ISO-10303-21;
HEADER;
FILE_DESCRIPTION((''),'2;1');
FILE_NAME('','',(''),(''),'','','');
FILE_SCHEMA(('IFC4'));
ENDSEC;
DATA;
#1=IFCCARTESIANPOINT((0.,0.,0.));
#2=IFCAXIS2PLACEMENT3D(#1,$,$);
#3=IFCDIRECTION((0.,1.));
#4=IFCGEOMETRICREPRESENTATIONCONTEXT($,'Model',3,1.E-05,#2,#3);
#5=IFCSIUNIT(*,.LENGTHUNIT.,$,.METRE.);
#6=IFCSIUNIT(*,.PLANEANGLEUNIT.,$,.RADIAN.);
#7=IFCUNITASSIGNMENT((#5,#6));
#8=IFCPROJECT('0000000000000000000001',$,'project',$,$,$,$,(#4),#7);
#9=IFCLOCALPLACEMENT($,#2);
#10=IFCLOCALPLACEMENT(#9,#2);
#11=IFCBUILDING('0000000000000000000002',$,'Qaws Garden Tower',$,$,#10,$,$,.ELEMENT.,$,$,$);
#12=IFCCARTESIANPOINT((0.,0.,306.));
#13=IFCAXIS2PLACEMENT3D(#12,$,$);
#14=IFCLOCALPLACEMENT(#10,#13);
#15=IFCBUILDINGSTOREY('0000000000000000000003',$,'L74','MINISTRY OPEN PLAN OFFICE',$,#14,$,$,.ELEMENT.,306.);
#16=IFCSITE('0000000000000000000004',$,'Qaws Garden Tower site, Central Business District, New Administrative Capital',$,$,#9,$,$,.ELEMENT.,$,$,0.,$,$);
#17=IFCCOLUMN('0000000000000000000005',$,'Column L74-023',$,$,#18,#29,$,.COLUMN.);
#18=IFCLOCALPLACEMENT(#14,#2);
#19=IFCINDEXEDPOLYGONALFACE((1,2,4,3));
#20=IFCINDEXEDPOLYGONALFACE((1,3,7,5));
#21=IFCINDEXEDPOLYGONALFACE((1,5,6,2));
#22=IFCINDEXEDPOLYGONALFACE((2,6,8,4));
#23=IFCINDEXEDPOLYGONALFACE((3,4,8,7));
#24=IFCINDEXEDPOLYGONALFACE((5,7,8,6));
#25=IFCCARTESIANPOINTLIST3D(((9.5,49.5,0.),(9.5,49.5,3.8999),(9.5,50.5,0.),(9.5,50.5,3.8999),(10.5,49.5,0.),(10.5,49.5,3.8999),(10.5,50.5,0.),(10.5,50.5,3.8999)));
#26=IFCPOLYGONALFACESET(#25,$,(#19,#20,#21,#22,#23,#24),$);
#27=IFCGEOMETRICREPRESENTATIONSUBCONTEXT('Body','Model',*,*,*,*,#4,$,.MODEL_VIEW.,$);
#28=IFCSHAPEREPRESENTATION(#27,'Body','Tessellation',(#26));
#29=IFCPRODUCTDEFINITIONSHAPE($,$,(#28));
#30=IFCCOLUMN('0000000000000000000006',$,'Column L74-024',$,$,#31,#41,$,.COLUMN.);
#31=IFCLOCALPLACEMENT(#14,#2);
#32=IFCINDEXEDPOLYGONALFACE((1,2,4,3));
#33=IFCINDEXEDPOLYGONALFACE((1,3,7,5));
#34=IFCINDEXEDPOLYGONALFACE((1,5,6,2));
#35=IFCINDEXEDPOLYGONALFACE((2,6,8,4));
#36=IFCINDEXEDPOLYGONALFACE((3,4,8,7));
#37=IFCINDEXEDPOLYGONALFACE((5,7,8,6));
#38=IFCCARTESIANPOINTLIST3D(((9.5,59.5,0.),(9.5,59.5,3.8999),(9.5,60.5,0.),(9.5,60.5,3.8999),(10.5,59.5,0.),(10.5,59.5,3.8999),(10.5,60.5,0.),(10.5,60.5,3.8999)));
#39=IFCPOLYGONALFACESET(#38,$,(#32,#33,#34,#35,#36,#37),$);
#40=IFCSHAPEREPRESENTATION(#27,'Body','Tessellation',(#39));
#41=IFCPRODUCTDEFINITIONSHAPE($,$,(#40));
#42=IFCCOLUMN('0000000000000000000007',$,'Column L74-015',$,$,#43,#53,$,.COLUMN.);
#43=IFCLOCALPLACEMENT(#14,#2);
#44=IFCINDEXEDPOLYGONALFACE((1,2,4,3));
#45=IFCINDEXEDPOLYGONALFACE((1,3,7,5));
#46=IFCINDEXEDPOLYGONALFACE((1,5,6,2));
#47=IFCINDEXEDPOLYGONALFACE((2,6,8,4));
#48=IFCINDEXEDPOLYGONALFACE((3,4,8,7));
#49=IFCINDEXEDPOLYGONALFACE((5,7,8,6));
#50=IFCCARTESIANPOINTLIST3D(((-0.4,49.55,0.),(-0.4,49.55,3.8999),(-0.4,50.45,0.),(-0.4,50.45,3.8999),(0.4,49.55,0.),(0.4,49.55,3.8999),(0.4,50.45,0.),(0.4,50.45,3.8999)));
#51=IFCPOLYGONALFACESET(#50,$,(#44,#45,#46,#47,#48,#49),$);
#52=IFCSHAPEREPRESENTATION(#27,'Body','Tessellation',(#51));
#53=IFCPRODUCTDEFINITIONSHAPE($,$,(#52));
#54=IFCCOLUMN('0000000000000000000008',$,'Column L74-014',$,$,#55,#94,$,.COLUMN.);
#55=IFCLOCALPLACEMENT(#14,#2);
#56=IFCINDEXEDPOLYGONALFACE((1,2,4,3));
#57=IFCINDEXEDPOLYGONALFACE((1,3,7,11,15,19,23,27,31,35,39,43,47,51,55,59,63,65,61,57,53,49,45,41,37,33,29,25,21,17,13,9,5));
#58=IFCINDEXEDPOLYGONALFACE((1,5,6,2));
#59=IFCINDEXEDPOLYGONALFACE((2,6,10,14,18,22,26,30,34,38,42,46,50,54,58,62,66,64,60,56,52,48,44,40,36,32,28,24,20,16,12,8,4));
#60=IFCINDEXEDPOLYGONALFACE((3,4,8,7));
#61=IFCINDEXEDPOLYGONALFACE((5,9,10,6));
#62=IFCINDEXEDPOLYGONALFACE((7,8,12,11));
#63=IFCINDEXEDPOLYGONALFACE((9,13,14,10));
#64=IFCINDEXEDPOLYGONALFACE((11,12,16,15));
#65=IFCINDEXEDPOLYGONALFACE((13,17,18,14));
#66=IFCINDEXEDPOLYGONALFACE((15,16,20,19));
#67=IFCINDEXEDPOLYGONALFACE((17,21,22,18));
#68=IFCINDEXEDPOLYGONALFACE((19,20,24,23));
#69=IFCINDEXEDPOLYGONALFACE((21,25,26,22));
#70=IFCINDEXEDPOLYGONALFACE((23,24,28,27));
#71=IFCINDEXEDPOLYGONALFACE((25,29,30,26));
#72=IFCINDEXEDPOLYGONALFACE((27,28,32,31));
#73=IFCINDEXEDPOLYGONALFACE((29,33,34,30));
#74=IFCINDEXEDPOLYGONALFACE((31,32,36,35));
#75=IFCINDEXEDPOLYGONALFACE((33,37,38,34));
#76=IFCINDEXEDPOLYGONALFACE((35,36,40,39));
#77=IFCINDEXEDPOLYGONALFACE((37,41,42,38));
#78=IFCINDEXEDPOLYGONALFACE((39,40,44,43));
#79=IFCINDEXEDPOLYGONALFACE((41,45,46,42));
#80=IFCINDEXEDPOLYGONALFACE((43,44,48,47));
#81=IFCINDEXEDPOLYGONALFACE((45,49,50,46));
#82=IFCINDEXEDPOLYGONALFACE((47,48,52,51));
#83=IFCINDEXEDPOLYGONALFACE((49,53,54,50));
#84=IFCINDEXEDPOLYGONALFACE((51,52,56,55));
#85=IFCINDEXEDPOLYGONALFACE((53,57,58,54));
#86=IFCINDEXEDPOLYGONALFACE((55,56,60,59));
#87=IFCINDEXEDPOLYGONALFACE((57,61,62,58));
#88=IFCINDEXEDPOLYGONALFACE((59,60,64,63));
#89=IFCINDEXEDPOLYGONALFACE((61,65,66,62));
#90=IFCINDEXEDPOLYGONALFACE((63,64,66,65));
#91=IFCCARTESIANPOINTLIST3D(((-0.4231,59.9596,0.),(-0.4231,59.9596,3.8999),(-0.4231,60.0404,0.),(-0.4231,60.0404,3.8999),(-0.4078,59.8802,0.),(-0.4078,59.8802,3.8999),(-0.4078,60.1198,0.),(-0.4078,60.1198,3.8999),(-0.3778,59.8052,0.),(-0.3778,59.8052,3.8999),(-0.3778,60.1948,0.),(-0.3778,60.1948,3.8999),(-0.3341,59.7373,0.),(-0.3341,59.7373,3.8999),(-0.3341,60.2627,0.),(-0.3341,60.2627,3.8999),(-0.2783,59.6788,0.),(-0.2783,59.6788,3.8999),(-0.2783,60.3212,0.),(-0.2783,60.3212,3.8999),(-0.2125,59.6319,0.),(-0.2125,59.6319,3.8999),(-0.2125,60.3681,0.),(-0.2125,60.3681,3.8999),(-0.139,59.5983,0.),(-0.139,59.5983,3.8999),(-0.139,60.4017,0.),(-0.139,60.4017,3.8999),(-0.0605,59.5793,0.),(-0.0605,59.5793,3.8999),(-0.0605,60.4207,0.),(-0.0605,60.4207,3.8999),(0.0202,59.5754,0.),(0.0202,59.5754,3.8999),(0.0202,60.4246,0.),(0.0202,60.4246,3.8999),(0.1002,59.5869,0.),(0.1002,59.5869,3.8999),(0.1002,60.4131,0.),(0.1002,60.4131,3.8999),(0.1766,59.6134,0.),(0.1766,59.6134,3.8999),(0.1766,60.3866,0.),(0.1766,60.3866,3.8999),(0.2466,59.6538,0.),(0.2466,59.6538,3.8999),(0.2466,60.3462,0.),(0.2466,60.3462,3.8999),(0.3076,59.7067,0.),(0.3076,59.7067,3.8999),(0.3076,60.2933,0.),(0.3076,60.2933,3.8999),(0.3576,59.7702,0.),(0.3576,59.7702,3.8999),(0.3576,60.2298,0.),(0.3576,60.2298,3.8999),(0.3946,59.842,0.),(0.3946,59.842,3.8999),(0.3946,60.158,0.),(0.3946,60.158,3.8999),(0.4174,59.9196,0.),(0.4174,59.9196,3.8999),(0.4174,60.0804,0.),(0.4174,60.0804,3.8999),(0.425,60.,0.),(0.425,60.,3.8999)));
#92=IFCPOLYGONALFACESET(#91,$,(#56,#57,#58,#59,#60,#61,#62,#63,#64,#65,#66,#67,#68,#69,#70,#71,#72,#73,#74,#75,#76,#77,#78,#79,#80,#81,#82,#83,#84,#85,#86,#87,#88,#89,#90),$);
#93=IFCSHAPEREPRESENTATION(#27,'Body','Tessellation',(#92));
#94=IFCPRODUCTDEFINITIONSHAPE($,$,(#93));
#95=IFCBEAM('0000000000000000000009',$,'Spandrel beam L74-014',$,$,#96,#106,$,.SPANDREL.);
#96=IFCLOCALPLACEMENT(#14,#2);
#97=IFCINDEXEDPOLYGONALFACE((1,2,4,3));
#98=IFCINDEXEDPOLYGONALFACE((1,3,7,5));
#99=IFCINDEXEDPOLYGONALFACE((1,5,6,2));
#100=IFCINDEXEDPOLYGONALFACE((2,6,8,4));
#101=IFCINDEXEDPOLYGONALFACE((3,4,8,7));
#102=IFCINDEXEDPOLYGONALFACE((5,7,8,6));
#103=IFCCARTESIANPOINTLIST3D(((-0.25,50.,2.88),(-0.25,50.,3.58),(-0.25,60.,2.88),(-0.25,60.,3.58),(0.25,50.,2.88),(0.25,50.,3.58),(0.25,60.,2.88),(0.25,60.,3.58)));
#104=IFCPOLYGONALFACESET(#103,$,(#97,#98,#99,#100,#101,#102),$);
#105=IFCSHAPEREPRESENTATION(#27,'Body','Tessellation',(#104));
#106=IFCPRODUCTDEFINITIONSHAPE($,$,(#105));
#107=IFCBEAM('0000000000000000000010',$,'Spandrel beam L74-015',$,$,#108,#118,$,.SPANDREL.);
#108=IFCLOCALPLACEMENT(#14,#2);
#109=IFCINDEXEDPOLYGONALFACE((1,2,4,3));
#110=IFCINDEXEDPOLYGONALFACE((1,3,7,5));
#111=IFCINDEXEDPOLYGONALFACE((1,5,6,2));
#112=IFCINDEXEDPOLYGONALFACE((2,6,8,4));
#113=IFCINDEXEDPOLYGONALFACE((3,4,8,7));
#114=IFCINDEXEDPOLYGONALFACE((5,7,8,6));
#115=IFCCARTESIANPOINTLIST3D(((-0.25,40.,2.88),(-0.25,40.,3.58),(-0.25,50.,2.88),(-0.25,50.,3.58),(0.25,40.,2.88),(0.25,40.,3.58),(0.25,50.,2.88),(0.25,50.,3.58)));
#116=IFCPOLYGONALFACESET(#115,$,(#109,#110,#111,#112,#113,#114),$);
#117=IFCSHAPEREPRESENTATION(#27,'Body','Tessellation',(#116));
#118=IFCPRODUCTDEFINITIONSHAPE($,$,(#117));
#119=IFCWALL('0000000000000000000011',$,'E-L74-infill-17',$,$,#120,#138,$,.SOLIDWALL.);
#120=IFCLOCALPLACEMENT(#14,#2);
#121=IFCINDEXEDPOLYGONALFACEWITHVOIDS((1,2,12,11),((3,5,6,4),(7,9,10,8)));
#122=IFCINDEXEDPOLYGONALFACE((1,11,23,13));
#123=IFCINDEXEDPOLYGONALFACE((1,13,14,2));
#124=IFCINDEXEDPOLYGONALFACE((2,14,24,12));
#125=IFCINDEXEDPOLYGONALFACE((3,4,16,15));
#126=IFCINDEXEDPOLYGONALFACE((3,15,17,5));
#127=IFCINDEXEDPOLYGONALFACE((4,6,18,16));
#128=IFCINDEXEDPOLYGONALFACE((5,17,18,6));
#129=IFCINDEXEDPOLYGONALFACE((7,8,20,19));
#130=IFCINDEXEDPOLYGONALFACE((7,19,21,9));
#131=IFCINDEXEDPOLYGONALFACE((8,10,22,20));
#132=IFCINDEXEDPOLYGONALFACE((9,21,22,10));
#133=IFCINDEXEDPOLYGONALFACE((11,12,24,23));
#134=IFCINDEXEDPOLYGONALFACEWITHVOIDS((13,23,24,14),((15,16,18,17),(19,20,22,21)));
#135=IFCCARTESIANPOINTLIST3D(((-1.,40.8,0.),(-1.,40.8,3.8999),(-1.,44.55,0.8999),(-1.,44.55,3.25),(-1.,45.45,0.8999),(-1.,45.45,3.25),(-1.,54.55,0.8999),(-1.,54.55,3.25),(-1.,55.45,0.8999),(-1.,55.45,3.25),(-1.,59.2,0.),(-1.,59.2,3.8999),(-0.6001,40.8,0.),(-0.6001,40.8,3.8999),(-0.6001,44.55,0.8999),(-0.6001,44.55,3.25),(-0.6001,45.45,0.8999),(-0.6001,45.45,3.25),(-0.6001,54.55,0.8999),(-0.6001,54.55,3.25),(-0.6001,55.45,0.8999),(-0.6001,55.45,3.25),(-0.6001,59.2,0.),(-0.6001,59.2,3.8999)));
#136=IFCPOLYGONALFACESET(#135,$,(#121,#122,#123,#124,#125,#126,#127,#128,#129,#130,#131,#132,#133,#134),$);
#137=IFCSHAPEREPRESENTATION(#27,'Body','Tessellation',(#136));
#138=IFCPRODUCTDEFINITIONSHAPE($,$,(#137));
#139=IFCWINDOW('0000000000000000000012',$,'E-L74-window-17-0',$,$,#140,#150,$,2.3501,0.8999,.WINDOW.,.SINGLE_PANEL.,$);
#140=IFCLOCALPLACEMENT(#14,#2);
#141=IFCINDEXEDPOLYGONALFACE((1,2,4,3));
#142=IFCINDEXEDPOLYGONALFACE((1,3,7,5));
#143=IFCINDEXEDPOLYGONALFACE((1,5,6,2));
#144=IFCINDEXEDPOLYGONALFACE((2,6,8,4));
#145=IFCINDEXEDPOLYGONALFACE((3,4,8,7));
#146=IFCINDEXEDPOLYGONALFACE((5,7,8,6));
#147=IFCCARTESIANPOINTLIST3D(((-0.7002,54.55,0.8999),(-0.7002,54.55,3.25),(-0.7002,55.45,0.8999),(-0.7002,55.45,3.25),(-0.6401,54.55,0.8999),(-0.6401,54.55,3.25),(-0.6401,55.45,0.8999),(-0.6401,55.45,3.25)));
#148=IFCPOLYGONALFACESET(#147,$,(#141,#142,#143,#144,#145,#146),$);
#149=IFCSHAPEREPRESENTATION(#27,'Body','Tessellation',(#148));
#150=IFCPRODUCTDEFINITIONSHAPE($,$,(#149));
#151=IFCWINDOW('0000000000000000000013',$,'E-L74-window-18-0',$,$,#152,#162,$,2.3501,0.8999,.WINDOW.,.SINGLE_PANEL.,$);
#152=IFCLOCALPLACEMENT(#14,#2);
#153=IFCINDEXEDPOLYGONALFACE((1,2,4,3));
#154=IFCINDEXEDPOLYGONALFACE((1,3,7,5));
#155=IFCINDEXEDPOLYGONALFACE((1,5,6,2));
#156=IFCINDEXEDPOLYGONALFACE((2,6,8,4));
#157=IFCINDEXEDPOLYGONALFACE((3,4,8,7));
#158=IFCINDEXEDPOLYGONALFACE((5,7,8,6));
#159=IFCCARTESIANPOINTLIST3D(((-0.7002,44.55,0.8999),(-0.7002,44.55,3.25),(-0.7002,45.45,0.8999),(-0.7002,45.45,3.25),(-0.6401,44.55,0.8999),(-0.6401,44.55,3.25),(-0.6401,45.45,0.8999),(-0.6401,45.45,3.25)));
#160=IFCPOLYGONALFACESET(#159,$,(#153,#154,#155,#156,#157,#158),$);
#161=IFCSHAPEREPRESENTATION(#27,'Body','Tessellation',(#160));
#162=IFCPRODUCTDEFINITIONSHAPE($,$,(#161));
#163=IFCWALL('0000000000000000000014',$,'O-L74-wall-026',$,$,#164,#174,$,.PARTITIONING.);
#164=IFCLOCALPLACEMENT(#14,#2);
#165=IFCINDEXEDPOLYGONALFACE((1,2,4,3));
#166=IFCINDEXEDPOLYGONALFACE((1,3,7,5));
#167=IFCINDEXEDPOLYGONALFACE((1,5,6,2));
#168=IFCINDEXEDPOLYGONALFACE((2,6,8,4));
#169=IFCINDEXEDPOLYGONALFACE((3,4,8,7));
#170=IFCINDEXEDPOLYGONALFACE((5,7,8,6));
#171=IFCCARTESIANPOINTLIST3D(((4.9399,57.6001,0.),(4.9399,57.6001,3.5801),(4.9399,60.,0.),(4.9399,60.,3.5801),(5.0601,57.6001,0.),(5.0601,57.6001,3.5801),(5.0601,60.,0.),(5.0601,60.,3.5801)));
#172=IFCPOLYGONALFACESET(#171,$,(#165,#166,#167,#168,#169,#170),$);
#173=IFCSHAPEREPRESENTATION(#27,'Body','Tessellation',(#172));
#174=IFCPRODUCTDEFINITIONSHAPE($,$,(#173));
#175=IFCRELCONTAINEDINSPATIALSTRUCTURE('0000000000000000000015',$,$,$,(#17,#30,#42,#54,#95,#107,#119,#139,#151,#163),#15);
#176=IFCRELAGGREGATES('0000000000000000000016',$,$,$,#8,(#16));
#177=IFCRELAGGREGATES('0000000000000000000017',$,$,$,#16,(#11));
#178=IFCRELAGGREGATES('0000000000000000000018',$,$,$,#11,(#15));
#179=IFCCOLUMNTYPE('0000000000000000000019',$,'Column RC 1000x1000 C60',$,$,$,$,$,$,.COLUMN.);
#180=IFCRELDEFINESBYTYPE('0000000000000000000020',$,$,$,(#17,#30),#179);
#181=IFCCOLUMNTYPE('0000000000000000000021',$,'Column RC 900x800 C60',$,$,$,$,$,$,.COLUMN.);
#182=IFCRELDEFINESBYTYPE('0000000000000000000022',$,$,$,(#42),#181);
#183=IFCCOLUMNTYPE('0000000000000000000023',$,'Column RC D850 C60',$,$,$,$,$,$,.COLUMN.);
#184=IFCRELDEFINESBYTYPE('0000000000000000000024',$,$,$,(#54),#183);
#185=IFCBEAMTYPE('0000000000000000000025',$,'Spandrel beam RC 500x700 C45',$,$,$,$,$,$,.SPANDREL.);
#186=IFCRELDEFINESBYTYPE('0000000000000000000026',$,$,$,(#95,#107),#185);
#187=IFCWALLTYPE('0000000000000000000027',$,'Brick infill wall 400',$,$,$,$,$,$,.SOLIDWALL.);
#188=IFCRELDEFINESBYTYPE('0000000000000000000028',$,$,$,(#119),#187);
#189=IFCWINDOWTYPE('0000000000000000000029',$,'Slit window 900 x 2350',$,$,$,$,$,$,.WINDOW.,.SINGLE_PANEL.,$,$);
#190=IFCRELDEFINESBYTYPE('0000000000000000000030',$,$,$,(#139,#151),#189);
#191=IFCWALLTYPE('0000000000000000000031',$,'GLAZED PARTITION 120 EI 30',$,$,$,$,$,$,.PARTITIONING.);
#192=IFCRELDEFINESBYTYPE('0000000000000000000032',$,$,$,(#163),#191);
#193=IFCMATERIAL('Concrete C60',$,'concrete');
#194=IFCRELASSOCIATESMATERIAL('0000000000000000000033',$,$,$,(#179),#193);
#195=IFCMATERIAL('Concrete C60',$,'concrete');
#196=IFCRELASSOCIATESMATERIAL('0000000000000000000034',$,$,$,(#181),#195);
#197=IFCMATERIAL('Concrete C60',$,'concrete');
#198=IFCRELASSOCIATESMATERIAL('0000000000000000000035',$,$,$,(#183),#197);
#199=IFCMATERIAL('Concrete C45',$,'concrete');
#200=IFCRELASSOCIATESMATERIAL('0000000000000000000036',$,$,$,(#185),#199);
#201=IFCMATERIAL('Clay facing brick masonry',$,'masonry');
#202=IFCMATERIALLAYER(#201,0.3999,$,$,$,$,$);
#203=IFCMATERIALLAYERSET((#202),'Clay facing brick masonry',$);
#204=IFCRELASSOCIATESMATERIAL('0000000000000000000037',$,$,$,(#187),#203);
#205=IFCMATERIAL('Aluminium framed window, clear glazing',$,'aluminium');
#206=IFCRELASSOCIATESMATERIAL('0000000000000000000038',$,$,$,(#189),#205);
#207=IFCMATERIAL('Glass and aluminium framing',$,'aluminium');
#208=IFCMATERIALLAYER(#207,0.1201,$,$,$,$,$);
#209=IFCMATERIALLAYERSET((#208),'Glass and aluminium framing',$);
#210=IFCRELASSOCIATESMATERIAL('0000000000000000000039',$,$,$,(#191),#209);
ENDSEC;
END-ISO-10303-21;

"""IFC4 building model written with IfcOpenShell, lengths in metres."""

from ifc_helpers import new_model, si_unit, direction, frame, frame_2d, origin, origin_2d, place, context, subcontext, project, spatial, rectangle, circle, extrude, material, layer, layer_set, material_profile, profile_set, type_object, element, fill, save


model = new_model("IFC4")

# Units and contexts
model_context = context("Model", 3, precision=1e-05, world=origin(), true_north=direction((0.0, 1.0)))
body_context = subcontext(model_context, "Body", "Model", "MODEL_VIEW")
ifc_project = project(units=[si_unit("LENGTHUNIT", "METRE"), si_unit("PLANEANGLEUNIT", "RADIAN")], contexts=[model_context])

# Site, building, storey
site_placement = place(None, origin())
site = spatial("IfcSite", under=ifc_project, at=site_placement, Name="Qaws Garden Tower site, Central Business District, New Administrative Capital", CompositionType="ELEMENT", RefElevation=0.0)
building_placement = place(site_placement, origin())
building = spatial("IfcBuilding", under=site, at=building_placement, Name="Qaws Garden Tower", CompositionType="ELEMENT")
storey_placement = place(building_placement, frame((0.0, 0.0, 306.0)))
storey = spatial("IfcBuildingStorey", under=building, at=storey_placement, Name="L74", Description="MINISTRY OPEN PLAN OFFICE", CompositionType="ELEMENT", Elevation=306.0)

# Columns
ifc_material_1 = material(Name="Concrete C60", Category="concrete")
ifc_material_profile_1 = material_profile(ifc_material_1, rectangle(XDim=1.0, YDim=1.0, at=origin_2d()), Name="RC 1000x1000")
ifc_profile_set_1 = profile_set([ifc_material_profile_1], Name="Concrete C60")
column_type_1 = type_object("IfcColumnType", Name="Column RC 1000x1000 C60", PredefinedType="COLUMN", material=ifc_profile_set_1)
for number, where, z_axis, x_axis, name in (
    (1, (10.0, 50.0, 0.0), (0.0, 0.0, 1.0), (1.0, 0.0, 0.0), "Column L74-023"),
    (2, (10.0, 60.0, 0.0), (0.0, 0.0, 1.0), (1.0, 0.0, 0.0), "Column L74-024"),
):
    element("IfcColumn", number, at=place(storey_placement, frame(where, z_axis=z_axis, x_axis=x_axis)), inside=storey, type_object=column_type_1, Name=name, PredefinedType="COLUMN", context=body_context, shape_type="SweptSolid", body=[
        extrude(rectangle(XDim=1.0, YDim=1.0, at=origin_2d()), origin(), (0.0, 0.0, 1.0), 3.8999),
    ])
ifc_material_2 = material(Name="Concrete C60", Category="concrete")
ifc_material_profile_2 = material_profile(ifc_material_2, rectangle(XDim=0.8999, YDim=0.8, at=origin_2d()), Name="RC 900x800")
ifc_profile_set_2 = profile_set([ifc_material_profile_2], Name="Concrete C60")
column_type_2 = type_object("IfcColumnType", Name="Column RC 900x800 C60", PredefinedType="COLUMN", material=ifc_profile_set_2)
column_1_placement = place(storey_placement, frame((0.0, 50.0, 0.0), z_axis=(0.0, 0.0, 1.0), x_axis=(0.0, 1.0, 0.0)))
element("IfcColumn", 3, at=column_1_placement, inside=storey, type_object=column_type_2, Name="Column L74-015", PredefinedType="COLUMN", context=body_context, shape_type="SweptSolid", body=[
    extrude(rectangle(XDim=0.8999, YDim=0.8, at=origin_2d()), origin(), (0.0, 0.0, 1.0), 3.8999),
])
ifc_material_3 = material(Name="Concrete C60", Category="concrete")
ifc_material_profile_3 = material_profile(ifc_material_3, circle(Radius=0.425, at=origin_2d()), Name="RC D850")
ifc_profile_set_3 = profile_set([ifc_material_profile_3], Name="Concrete C60")
column_type_3 = type_object("IfcColumnType", Name="Column RC D850 C60", PredefinedType="COLUMN", material=ifc_profile_set_3)
column_2_placement = place(storey_placement, frame((0.0, 60.0, 0.0), z_axis=(0.0, 0.0, 1.0), x_axis=(1.0, 0.0, 0.0)))
element("IfcColumn", 4, at=column_2_placement, inside=storey, type_object=column_type_3, Name="Column L74-014", PredefinedType="COLUMN", context=body_context, shape_type="SweptSolid", body=[
    extrude(circle(Radius=0.425, at=origin_2d()), origin(), (0.0, 0.0, 1.0), 3.8999),
])

# Beams
ifc_material_4 = material(Name="Concrete C45", Category="concrete")
ifc_material_profile_4 = material_profile(ifc_material_4, rectangle(XDim=0.5, YDim=0.7, at=origin_2d()), Name="RC 500x700")
ifc_profile_set_4 = profile_set([ifc_material_profile_4], Name="Concrete C45")
beam_type = type_object("IfcBeamType", Name="Spandrel beam RC 500x700 C45", PredefinedType="SPANDREL", material=ifc_profile_set_4)
for number, where, z_axis, x_axis, name in (
    (5, (0.0, 60.0, 3.23), (0.0, -1.0, 0.0), (1.0, 0.0, 0.0), "Spandrel beam L74-014"),
    (6, (0.0, 50.0, 3.23), (0.0, -1.0, 0.0), (1.0, 0.0, 0.0), "Spandrel beam L74-015"),
):
    element("IfcBeam", number, at=place(storey_placement, frame(where, z_axis=z_axis, x_axis=x_axis)), inside=storey, type_object=beam_type, Name=name, PredefinedType="SPANDREL", context=body_context, shape_type="SweptSolid", body=[
        extrude(rectangle(XDim=0.5, YDim=0.7, at=origin_2d()), origin(), (0.0, 0.0, 1.0), 10.0),
    ])

# Wall, openings, windows
ifc_material_5 = material(Name="Clay facing brick masonry", Category="masonry")
ifc_layer_1 = layer(ifc_material_5, 0.3999)
ifc_layer_set_1 = layer_set([ifc_layer_1], Name="Clay facing brick masonry")
wall_type_1 = type_object("IfcWallType", Name="Brick infill wall 400", PredefinedType="SOLIDWALL", material=ifc_layer_set_1)
wall_1_placement = place(storey_placement, frame((-0.8, 59.2, 0.0), z_axis=(0.0, 0.0, 1.0), x_axis=(0.0, -1.0, 0.0)))
wall_1 = element("IfcWall", 7, at=wall_1_placement, inside=storey, type_object=wall_type_1, Name="E-L74-infill-17", PredefinedType="SOLIDWALL", context=body_context, shape_type="SweptSolid", body=[
    extrude(rectangle(XDim=18.3999, YDim=0.3999, at=frame_2d((9.2, 0.0))), origin(), (0.0, 0.0, 1.0), 3.8999),
])
opening_1_placement = place(wall_1_placement, frame((3.75, 0.0, 0.8999)))
opening_1 = element("IfcOpeningElement", 8, at=opening_1_placement, cuts=wall_1, PredefinedType="OPENING", context=body_context, shape_type="SweptSolid", body=[
    extrude(rectangle(XDim=0.8999, YDim=2.3501, at=frame_2d((0.45, 1.175))), frame((0.0, 0.21, 0.0), z_axis=(0.0, -1.0, 0.0), x_axis=(1.0, 0.0, 0.0)), (0.0, 0.0, 1.0), 0.4199),
])
opening_2_placement = place(wall_1_placement, frame((13.75, 0.0, 0.8999)))
opening_2 = element("IfcOpeningElement", 9, at=opening_2_placement, cuts=wall_1, PredefinedType="OPENING", context=body_context, shape_type="SweptSolid", body=[
    extrude(rectangle(XDim=0.8999, YDim=2.3501, at=frame_2d((0.45, 1.175))), frame((0.0, 0.21, 0.0), z_axis=(0.0, -1.0, 0.0), x_axis=(1.0, 0.0, 0.0)), (0.0, 0.0, 1.0), 0.4199),
])
ifc_material_6 = material(Name="Aluminium framed window, clear glazing", Category="aluminium")
window_type = type_object("IfcWindowType", Name="Slit window 900 x 2350", PartitioningType="SINGLE_PANEL", PredefinedType="WINDOW", material=ifc_material_6)
window_1_placement = place(opening_1_placement, origin())
window_1 = element("IfcWindow", 10, at=window_1_placement, inside=storey, type_object=window_type, Name="E-L74-window-17-0", OverallHeight=2.3501, OverallWidth=0.8999, PartitioningType="SINGLE_PANEL", PredefinedType="WINDOW", context=body_context, shape_type="SweptSolid", body=[
    extrude(rectangle(XDim=0.8999, YDim=2.3501, at=frame_2d((0.45, 1.175))), frame((0.0, 0.1599, 0.0), z_axis=(0.0, -1.0, 0.0), x_axis=(1.0, 0.0, 0.0)), (0.0, 0.0, 1.0), 0.0601),
])
fill(opening_1, window_1)
window_2_placement = place(opening_2_placement, origin())
window_2 = element("IfcWindow", 11, at=window_2_placement, inside=storey, type_object=window_type, Name="E-L74-window-18-0", OverallHeight=2.3501, OverallWidth=0.8999, PartitioningType="SINGLE_PANEL", PredefinedType="WINDOW", context=body_context, shape_type="SweptSolid", body=[
    extrude(rectangle(XDim=0.8999, YDim=2.3501, at=frame_2d((0.45, 1.175))), frame((0.0, 0.1599, 0.0), z_axis=(0.0, -1.0, 0.0), x_axis=(1.0, 0.0, 0.0)), (0.0, 0.0, 1.0), 0.0601),
])
fill(opening_2, window_2)

# Wall
ifc_material_7 = material(Name="Glass and aluminium framing", Category="aluminium")
ifc_layer_2 = layer(ifc_material_7, 0.1201)
ifc_layer_set_2 = layer_set([ifc_layer_2], Name="Glass and aluminium framing")
wall_type_2 = type_object("IfcWallType", Name="GLAZED PARTITION 120 EI 30", PredefinedType="PARTITIONING", material=ifc_layer_set_2)
wall_2_placement = place(storey_placement, frame((5.0, 57.6001, 0.0), z_axis=(0.0, 0.0, 1.0), x_axis=(0.0, 1.0, 0.0)))
element("IfcWall", 12, at=wall_2_placement, inside=storey, type_object=wall_type_2, Name="O-L74-wall-026", PredefinedType="PARTITIONING", context=body_context, shape_type="SweptSolid", body=[
    extrude(rectangle(XDim=2.3999, YDim=0.1201, at=frame_2d((1.2, 0.0))), origin(), (0.0, 0.0, 1.0), 3.5801),
])

save(model, "model.ifc")
